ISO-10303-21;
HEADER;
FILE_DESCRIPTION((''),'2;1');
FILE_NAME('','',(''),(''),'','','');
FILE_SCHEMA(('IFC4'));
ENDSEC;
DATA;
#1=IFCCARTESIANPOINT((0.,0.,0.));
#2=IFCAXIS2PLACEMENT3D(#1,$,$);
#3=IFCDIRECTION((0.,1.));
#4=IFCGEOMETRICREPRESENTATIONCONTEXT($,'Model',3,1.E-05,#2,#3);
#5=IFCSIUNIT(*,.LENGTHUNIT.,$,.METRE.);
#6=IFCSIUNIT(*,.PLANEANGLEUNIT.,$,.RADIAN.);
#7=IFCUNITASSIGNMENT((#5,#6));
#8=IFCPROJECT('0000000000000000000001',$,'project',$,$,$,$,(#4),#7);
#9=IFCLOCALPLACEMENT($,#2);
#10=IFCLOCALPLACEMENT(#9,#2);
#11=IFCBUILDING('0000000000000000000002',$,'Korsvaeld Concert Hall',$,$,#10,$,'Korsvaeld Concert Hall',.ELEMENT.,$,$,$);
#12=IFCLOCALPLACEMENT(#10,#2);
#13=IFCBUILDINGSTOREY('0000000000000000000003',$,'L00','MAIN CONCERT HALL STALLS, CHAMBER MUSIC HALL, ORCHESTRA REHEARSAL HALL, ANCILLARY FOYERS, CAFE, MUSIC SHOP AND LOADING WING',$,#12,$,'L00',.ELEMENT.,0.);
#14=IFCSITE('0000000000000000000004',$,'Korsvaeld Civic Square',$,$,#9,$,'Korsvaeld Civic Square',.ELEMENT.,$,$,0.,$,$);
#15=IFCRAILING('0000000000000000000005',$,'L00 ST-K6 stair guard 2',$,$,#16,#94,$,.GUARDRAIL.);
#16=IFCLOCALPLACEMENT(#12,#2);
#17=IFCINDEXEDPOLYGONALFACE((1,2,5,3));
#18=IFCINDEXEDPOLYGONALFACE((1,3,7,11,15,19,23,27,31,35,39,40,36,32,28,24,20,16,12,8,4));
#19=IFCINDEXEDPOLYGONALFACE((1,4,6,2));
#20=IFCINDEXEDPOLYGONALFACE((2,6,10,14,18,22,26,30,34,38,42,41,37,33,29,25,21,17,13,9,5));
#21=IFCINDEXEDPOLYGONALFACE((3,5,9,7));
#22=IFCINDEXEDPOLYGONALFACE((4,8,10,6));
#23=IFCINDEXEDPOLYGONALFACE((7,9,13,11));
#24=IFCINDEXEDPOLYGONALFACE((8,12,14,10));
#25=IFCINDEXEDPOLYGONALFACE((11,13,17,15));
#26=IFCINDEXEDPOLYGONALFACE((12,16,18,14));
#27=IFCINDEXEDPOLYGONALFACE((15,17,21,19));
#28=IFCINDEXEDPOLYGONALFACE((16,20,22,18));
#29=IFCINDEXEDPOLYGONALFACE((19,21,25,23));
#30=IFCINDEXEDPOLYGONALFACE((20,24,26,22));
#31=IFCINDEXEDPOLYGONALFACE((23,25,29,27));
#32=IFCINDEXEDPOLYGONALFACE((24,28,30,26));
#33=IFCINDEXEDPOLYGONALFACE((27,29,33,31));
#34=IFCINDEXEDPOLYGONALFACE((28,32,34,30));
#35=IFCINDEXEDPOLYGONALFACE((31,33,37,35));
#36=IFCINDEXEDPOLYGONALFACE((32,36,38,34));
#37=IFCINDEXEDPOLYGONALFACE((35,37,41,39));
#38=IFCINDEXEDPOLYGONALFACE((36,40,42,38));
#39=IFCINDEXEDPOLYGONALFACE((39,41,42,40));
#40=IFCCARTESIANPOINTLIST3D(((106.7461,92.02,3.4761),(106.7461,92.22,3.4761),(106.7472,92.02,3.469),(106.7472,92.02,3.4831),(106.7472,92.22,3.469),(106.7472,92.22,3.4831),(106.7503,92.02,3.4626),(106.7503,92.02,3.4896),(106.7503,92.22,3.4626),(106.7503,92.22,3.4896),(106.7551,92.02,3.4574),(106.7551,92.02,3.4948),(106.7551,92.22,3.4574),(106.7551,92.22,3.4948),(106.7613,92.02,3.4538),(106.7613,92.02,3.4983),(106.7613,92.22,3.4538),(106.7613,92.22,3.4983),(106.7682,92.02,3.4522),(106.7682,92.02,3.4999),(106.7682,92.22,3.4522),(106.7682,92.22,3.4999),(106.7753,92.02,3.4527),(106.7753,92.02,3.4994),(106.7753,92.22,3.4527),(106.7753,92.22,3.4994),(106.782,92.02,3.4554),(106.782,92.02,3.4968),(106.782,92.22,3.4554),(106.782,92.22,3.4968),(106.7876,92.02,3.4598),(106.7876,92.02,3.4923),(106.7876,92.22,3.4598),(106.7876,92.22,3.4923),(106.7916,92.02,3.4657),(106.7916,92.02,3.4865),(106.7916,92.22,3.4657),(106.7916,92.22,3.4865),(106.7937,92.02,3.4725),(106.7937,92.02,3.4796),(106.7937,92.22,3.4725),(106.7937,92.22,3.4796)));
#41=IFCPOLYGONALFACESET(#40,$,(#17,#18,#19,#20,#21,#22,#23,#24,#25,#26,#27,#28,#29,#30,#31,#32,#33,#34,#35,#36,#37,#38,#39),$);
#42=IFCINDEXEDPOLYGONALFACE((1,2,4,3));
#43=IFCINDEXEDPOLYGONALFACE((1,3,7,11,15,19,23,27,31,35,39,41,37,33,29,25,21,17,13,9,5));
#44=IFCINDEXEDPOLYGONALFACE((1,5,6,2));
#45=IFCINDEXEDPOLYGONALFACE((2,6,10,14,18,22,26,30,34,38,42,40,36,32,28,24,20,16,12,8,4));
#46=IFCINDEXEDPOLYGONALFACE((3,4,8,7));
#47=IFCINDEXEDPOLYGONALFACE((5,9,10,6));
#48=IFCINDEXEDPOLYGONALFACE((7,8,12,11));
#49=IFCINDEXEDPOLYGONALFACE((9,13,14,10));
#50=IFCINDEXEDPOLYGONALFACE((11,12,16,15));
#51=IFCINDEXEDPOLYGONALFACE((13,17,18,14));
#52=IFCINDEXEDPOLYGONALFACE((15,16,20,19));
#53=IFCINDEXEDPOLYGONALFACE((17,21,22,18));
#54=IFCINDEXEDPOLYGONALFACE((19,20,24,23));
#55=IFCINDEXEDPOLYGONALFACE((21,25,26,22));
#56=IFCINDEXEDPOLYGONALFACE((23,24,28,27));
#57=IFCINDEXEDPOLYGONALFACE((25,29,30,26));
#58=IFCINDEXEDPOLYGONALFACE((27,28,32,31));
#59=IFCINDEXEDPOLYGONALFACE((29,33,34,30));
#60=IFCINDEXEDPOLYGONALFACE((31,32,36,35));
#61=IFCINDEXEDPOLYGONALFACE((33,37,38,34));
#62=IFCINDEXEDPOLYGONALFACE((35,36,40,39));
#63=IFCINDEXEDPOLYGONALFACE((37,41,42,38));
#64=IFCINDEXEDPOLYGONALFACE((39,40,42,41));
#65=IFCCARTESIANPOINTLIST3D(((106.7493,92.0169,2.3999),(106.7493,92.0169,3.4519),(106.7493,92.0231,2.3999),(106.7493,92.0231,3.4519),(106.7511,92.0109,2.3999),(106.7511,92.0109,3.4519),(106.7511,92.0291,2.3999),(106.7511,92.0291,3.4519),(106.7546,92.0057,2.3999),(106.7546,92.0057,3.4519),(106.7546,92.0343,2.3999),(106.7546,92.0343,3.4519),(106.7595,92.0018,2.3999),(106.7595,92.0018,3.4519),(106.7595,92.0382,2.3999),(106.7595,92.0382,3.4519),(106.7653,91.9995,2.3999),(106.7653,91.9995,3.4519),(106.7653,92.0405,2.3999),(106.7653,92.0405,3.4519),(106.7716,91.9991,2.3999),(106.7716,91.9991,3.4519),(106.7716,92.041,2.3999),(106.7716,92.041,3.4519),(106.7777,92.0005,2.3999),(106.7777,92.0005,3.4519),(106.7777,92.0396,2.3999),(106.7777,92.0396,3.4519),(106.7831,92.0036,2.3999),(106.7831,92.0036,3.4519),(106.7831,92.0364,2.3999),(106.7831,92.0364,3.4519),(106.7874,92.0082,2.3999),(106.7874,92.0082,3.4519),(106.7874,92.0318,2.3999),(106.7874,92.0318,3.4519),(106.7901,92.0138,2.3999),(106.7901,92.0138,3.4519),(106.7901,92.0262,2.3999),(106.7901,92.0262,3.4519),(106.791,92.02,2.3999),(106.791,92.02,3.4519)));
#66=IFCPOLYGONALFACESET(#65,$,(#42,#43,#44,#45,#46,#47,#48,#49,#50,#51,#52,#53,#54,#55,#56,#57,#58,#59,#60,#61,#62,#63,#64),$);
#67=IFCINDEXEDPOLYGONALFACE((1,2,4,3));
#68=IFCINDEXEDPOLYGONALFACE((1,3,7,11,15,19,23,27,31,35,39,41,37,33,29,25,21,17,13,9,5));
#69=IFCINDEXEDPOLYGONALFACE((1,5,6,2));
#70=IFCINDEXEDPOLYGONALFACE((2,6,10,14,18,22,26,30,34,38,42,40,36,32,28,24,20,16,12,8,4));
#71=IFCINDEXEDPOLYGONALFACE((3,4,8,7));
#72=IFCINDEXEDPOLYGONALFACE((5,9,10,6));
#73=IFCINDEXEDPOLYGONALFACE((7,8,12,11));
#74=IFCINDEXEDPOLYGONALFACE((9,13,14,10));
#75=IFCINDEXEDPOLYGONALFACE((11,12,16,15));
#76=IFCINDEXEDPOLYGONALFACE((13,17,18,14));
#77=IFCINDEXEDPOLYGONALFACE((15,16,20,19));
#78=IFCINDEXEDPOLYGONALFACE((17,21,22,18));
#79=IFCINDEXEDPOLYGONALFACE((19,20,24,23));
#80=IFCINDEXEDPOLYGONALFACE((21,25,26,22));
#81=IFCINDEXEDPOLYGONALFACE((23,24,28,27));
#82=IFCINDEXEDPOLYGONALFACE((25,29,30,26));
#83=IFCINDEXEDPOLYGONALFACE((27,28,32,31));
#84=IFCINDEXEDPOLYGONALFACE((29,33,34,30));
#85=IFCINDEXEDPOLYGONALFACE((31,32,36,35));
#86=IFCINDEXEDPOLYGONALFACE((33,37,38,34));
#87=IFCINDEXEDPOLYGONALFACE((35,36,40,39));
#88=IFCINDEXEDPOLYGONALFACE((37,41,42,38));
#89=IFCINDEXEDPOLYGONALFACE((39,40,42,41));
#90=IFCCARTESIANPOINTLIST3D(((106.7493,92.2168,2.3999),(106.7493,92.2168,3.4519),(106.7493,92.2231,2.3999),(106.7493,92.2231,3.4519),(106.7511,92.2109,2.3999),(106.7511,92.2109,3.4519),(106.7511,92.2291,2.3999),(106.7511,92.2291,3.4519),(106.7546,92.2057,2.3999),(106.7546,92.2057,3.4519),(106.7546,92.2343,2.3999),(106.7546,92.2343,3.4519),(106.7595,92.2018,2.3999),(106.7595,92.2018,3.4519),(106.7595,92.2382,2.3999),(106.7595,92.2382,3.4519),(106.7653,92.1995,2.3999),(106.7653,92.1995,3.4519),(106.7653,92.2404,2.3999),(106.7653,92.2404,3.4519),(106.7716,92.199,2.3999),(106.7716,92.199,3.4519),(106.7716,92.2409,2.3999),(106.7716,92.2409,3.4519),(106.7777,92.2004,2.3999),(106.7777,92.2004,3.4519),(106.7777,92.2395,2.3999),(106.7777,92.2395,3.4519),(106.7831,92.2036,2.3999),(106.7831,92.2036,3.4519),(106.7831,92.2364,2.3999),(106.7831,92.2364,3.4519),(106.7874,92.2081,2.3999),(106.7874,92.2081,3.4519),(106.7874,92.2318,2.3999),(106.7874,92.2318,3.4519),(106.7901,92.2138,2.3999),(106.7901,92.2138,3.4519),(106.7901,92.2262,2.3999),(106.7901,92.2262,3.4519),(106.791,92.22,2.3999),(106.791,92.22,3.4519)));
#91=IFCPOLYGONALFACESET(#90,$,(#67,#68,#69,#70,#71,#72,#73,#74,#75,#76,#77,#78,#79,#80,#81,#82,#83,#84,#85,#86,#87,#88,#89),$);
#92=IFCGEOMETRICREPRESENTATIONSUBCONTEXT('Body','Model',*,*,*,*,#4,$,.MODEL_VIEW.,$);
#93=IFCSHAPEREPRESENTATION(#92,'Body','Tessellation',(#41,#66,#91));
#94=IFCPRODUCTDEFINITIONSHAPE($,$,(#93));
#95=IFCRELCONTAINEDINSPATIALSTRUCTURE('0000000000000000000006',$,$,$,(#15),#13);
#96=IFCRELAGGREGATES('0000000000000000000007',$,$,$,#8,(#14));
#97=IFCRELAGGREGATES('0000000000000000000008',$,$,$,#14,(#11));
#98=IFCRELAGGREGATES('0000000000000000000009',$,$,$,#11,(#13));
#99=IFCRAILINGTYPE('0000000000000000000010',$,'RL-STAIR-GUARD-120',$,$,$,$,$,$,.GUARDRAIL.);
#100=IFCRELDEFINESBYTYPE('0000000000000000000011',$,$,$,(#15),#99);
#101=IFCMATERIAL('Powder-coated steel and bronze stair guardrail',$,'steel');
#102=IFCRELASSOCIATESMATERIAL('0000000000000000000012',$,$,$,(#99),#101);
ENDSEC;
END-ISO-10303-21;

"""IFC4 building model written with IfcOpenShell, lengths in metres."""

from ifc_helpers import new_model, si_unit, direction, frame, origin, origin_2d, place, context, subcontext, project, spatial, circle, extrude, material, type_object, element, save


model = new_model("IFC4")

# Units and contexts
model_context = context("Model", 3, precision=1e-05, world=origin(), true_north=direction((0.0, 1.0)))
body_context = subcontext(model_context, "Body", "Model", "MODEL_VIEW")
ifc_project = project(units=[si_unit("LENGTHUNIT", "METRE"), si_unit("PLANEANGLEUNIT", "RADIAN")], contexts=[model_context])

# Site, building, storey
site_placement = place(None, origin())
site = spatial("IfcSite", under=ifc_project, at=site_placement, Name="Korsvaeld Civic Square", LongName="Korsvaeld Civic Square", CompositionType="ELEMENT", RefElevation=0.0)
building_placement = place(site_placement, origin())
building = spatial("IfcBuilding", under=site, at=building_placement, Name="Korsvaeld Concert Hall", LongName="Korsvaeld Concert Hall", CompositionType="ELEMENT")
storey_placement = place(building_placement, origin())
storey = spatial("IfcBuildingStorey", under=building, at=storey_placement, Name="L00", Description="MAIN CONCERT HALL STALLS, CHAMBER MUSIC HALL, ORCHESTRA REHEARSAL HALL, ANCILLARY FOYERS, CAFE, MUSIC SHOP AND LOADING WING", LongName="L00", CompositionType="ELEMENT", Elevation=0.0)

# Railing
ifc_material_1 = material(Name="Powder-coated steel and bronze stair guardrail", Category="steel")
railing_type_1 = type_object("IfcRailingType", Name="RL-STAIR-GUARD-120", PredefinedType="GUARDRAIL", material=ifc_material_1)
railing_1_placement = place(storey_placement, frame((106.77, 92.02, 2.3999)))
element("IfcRailing", 1, at=railing_1_placement, inside=storey, type_object=railing_type_1, Name="L00 ST-K6 stair guard 2", PredefinedType="GUARDRAIL", context=body_context, shape_type="SweptSolid", body=[
    extrude(circle(Radius=0.0239, at=origin_2d()), frame((0.0, 0.0, 1.0762), z_axis=(0.0, 1.0, 0.0), x_axis=(-1.0, 0.0, 0.0)), (0.0, 0.0, 1.0), 0.2),
    extrude(circle(Radius=0.021, at=origin_2d()), origin(), (0.0, 0.0, 1.0), 1.052),
    extrude(circle(Radius=0.021, at=origin_2d()), frame((0.0, 0.2, 0.0)), (0.0, 0.0, 1.0), 1.052),
])

save(model, "model.ifc")
